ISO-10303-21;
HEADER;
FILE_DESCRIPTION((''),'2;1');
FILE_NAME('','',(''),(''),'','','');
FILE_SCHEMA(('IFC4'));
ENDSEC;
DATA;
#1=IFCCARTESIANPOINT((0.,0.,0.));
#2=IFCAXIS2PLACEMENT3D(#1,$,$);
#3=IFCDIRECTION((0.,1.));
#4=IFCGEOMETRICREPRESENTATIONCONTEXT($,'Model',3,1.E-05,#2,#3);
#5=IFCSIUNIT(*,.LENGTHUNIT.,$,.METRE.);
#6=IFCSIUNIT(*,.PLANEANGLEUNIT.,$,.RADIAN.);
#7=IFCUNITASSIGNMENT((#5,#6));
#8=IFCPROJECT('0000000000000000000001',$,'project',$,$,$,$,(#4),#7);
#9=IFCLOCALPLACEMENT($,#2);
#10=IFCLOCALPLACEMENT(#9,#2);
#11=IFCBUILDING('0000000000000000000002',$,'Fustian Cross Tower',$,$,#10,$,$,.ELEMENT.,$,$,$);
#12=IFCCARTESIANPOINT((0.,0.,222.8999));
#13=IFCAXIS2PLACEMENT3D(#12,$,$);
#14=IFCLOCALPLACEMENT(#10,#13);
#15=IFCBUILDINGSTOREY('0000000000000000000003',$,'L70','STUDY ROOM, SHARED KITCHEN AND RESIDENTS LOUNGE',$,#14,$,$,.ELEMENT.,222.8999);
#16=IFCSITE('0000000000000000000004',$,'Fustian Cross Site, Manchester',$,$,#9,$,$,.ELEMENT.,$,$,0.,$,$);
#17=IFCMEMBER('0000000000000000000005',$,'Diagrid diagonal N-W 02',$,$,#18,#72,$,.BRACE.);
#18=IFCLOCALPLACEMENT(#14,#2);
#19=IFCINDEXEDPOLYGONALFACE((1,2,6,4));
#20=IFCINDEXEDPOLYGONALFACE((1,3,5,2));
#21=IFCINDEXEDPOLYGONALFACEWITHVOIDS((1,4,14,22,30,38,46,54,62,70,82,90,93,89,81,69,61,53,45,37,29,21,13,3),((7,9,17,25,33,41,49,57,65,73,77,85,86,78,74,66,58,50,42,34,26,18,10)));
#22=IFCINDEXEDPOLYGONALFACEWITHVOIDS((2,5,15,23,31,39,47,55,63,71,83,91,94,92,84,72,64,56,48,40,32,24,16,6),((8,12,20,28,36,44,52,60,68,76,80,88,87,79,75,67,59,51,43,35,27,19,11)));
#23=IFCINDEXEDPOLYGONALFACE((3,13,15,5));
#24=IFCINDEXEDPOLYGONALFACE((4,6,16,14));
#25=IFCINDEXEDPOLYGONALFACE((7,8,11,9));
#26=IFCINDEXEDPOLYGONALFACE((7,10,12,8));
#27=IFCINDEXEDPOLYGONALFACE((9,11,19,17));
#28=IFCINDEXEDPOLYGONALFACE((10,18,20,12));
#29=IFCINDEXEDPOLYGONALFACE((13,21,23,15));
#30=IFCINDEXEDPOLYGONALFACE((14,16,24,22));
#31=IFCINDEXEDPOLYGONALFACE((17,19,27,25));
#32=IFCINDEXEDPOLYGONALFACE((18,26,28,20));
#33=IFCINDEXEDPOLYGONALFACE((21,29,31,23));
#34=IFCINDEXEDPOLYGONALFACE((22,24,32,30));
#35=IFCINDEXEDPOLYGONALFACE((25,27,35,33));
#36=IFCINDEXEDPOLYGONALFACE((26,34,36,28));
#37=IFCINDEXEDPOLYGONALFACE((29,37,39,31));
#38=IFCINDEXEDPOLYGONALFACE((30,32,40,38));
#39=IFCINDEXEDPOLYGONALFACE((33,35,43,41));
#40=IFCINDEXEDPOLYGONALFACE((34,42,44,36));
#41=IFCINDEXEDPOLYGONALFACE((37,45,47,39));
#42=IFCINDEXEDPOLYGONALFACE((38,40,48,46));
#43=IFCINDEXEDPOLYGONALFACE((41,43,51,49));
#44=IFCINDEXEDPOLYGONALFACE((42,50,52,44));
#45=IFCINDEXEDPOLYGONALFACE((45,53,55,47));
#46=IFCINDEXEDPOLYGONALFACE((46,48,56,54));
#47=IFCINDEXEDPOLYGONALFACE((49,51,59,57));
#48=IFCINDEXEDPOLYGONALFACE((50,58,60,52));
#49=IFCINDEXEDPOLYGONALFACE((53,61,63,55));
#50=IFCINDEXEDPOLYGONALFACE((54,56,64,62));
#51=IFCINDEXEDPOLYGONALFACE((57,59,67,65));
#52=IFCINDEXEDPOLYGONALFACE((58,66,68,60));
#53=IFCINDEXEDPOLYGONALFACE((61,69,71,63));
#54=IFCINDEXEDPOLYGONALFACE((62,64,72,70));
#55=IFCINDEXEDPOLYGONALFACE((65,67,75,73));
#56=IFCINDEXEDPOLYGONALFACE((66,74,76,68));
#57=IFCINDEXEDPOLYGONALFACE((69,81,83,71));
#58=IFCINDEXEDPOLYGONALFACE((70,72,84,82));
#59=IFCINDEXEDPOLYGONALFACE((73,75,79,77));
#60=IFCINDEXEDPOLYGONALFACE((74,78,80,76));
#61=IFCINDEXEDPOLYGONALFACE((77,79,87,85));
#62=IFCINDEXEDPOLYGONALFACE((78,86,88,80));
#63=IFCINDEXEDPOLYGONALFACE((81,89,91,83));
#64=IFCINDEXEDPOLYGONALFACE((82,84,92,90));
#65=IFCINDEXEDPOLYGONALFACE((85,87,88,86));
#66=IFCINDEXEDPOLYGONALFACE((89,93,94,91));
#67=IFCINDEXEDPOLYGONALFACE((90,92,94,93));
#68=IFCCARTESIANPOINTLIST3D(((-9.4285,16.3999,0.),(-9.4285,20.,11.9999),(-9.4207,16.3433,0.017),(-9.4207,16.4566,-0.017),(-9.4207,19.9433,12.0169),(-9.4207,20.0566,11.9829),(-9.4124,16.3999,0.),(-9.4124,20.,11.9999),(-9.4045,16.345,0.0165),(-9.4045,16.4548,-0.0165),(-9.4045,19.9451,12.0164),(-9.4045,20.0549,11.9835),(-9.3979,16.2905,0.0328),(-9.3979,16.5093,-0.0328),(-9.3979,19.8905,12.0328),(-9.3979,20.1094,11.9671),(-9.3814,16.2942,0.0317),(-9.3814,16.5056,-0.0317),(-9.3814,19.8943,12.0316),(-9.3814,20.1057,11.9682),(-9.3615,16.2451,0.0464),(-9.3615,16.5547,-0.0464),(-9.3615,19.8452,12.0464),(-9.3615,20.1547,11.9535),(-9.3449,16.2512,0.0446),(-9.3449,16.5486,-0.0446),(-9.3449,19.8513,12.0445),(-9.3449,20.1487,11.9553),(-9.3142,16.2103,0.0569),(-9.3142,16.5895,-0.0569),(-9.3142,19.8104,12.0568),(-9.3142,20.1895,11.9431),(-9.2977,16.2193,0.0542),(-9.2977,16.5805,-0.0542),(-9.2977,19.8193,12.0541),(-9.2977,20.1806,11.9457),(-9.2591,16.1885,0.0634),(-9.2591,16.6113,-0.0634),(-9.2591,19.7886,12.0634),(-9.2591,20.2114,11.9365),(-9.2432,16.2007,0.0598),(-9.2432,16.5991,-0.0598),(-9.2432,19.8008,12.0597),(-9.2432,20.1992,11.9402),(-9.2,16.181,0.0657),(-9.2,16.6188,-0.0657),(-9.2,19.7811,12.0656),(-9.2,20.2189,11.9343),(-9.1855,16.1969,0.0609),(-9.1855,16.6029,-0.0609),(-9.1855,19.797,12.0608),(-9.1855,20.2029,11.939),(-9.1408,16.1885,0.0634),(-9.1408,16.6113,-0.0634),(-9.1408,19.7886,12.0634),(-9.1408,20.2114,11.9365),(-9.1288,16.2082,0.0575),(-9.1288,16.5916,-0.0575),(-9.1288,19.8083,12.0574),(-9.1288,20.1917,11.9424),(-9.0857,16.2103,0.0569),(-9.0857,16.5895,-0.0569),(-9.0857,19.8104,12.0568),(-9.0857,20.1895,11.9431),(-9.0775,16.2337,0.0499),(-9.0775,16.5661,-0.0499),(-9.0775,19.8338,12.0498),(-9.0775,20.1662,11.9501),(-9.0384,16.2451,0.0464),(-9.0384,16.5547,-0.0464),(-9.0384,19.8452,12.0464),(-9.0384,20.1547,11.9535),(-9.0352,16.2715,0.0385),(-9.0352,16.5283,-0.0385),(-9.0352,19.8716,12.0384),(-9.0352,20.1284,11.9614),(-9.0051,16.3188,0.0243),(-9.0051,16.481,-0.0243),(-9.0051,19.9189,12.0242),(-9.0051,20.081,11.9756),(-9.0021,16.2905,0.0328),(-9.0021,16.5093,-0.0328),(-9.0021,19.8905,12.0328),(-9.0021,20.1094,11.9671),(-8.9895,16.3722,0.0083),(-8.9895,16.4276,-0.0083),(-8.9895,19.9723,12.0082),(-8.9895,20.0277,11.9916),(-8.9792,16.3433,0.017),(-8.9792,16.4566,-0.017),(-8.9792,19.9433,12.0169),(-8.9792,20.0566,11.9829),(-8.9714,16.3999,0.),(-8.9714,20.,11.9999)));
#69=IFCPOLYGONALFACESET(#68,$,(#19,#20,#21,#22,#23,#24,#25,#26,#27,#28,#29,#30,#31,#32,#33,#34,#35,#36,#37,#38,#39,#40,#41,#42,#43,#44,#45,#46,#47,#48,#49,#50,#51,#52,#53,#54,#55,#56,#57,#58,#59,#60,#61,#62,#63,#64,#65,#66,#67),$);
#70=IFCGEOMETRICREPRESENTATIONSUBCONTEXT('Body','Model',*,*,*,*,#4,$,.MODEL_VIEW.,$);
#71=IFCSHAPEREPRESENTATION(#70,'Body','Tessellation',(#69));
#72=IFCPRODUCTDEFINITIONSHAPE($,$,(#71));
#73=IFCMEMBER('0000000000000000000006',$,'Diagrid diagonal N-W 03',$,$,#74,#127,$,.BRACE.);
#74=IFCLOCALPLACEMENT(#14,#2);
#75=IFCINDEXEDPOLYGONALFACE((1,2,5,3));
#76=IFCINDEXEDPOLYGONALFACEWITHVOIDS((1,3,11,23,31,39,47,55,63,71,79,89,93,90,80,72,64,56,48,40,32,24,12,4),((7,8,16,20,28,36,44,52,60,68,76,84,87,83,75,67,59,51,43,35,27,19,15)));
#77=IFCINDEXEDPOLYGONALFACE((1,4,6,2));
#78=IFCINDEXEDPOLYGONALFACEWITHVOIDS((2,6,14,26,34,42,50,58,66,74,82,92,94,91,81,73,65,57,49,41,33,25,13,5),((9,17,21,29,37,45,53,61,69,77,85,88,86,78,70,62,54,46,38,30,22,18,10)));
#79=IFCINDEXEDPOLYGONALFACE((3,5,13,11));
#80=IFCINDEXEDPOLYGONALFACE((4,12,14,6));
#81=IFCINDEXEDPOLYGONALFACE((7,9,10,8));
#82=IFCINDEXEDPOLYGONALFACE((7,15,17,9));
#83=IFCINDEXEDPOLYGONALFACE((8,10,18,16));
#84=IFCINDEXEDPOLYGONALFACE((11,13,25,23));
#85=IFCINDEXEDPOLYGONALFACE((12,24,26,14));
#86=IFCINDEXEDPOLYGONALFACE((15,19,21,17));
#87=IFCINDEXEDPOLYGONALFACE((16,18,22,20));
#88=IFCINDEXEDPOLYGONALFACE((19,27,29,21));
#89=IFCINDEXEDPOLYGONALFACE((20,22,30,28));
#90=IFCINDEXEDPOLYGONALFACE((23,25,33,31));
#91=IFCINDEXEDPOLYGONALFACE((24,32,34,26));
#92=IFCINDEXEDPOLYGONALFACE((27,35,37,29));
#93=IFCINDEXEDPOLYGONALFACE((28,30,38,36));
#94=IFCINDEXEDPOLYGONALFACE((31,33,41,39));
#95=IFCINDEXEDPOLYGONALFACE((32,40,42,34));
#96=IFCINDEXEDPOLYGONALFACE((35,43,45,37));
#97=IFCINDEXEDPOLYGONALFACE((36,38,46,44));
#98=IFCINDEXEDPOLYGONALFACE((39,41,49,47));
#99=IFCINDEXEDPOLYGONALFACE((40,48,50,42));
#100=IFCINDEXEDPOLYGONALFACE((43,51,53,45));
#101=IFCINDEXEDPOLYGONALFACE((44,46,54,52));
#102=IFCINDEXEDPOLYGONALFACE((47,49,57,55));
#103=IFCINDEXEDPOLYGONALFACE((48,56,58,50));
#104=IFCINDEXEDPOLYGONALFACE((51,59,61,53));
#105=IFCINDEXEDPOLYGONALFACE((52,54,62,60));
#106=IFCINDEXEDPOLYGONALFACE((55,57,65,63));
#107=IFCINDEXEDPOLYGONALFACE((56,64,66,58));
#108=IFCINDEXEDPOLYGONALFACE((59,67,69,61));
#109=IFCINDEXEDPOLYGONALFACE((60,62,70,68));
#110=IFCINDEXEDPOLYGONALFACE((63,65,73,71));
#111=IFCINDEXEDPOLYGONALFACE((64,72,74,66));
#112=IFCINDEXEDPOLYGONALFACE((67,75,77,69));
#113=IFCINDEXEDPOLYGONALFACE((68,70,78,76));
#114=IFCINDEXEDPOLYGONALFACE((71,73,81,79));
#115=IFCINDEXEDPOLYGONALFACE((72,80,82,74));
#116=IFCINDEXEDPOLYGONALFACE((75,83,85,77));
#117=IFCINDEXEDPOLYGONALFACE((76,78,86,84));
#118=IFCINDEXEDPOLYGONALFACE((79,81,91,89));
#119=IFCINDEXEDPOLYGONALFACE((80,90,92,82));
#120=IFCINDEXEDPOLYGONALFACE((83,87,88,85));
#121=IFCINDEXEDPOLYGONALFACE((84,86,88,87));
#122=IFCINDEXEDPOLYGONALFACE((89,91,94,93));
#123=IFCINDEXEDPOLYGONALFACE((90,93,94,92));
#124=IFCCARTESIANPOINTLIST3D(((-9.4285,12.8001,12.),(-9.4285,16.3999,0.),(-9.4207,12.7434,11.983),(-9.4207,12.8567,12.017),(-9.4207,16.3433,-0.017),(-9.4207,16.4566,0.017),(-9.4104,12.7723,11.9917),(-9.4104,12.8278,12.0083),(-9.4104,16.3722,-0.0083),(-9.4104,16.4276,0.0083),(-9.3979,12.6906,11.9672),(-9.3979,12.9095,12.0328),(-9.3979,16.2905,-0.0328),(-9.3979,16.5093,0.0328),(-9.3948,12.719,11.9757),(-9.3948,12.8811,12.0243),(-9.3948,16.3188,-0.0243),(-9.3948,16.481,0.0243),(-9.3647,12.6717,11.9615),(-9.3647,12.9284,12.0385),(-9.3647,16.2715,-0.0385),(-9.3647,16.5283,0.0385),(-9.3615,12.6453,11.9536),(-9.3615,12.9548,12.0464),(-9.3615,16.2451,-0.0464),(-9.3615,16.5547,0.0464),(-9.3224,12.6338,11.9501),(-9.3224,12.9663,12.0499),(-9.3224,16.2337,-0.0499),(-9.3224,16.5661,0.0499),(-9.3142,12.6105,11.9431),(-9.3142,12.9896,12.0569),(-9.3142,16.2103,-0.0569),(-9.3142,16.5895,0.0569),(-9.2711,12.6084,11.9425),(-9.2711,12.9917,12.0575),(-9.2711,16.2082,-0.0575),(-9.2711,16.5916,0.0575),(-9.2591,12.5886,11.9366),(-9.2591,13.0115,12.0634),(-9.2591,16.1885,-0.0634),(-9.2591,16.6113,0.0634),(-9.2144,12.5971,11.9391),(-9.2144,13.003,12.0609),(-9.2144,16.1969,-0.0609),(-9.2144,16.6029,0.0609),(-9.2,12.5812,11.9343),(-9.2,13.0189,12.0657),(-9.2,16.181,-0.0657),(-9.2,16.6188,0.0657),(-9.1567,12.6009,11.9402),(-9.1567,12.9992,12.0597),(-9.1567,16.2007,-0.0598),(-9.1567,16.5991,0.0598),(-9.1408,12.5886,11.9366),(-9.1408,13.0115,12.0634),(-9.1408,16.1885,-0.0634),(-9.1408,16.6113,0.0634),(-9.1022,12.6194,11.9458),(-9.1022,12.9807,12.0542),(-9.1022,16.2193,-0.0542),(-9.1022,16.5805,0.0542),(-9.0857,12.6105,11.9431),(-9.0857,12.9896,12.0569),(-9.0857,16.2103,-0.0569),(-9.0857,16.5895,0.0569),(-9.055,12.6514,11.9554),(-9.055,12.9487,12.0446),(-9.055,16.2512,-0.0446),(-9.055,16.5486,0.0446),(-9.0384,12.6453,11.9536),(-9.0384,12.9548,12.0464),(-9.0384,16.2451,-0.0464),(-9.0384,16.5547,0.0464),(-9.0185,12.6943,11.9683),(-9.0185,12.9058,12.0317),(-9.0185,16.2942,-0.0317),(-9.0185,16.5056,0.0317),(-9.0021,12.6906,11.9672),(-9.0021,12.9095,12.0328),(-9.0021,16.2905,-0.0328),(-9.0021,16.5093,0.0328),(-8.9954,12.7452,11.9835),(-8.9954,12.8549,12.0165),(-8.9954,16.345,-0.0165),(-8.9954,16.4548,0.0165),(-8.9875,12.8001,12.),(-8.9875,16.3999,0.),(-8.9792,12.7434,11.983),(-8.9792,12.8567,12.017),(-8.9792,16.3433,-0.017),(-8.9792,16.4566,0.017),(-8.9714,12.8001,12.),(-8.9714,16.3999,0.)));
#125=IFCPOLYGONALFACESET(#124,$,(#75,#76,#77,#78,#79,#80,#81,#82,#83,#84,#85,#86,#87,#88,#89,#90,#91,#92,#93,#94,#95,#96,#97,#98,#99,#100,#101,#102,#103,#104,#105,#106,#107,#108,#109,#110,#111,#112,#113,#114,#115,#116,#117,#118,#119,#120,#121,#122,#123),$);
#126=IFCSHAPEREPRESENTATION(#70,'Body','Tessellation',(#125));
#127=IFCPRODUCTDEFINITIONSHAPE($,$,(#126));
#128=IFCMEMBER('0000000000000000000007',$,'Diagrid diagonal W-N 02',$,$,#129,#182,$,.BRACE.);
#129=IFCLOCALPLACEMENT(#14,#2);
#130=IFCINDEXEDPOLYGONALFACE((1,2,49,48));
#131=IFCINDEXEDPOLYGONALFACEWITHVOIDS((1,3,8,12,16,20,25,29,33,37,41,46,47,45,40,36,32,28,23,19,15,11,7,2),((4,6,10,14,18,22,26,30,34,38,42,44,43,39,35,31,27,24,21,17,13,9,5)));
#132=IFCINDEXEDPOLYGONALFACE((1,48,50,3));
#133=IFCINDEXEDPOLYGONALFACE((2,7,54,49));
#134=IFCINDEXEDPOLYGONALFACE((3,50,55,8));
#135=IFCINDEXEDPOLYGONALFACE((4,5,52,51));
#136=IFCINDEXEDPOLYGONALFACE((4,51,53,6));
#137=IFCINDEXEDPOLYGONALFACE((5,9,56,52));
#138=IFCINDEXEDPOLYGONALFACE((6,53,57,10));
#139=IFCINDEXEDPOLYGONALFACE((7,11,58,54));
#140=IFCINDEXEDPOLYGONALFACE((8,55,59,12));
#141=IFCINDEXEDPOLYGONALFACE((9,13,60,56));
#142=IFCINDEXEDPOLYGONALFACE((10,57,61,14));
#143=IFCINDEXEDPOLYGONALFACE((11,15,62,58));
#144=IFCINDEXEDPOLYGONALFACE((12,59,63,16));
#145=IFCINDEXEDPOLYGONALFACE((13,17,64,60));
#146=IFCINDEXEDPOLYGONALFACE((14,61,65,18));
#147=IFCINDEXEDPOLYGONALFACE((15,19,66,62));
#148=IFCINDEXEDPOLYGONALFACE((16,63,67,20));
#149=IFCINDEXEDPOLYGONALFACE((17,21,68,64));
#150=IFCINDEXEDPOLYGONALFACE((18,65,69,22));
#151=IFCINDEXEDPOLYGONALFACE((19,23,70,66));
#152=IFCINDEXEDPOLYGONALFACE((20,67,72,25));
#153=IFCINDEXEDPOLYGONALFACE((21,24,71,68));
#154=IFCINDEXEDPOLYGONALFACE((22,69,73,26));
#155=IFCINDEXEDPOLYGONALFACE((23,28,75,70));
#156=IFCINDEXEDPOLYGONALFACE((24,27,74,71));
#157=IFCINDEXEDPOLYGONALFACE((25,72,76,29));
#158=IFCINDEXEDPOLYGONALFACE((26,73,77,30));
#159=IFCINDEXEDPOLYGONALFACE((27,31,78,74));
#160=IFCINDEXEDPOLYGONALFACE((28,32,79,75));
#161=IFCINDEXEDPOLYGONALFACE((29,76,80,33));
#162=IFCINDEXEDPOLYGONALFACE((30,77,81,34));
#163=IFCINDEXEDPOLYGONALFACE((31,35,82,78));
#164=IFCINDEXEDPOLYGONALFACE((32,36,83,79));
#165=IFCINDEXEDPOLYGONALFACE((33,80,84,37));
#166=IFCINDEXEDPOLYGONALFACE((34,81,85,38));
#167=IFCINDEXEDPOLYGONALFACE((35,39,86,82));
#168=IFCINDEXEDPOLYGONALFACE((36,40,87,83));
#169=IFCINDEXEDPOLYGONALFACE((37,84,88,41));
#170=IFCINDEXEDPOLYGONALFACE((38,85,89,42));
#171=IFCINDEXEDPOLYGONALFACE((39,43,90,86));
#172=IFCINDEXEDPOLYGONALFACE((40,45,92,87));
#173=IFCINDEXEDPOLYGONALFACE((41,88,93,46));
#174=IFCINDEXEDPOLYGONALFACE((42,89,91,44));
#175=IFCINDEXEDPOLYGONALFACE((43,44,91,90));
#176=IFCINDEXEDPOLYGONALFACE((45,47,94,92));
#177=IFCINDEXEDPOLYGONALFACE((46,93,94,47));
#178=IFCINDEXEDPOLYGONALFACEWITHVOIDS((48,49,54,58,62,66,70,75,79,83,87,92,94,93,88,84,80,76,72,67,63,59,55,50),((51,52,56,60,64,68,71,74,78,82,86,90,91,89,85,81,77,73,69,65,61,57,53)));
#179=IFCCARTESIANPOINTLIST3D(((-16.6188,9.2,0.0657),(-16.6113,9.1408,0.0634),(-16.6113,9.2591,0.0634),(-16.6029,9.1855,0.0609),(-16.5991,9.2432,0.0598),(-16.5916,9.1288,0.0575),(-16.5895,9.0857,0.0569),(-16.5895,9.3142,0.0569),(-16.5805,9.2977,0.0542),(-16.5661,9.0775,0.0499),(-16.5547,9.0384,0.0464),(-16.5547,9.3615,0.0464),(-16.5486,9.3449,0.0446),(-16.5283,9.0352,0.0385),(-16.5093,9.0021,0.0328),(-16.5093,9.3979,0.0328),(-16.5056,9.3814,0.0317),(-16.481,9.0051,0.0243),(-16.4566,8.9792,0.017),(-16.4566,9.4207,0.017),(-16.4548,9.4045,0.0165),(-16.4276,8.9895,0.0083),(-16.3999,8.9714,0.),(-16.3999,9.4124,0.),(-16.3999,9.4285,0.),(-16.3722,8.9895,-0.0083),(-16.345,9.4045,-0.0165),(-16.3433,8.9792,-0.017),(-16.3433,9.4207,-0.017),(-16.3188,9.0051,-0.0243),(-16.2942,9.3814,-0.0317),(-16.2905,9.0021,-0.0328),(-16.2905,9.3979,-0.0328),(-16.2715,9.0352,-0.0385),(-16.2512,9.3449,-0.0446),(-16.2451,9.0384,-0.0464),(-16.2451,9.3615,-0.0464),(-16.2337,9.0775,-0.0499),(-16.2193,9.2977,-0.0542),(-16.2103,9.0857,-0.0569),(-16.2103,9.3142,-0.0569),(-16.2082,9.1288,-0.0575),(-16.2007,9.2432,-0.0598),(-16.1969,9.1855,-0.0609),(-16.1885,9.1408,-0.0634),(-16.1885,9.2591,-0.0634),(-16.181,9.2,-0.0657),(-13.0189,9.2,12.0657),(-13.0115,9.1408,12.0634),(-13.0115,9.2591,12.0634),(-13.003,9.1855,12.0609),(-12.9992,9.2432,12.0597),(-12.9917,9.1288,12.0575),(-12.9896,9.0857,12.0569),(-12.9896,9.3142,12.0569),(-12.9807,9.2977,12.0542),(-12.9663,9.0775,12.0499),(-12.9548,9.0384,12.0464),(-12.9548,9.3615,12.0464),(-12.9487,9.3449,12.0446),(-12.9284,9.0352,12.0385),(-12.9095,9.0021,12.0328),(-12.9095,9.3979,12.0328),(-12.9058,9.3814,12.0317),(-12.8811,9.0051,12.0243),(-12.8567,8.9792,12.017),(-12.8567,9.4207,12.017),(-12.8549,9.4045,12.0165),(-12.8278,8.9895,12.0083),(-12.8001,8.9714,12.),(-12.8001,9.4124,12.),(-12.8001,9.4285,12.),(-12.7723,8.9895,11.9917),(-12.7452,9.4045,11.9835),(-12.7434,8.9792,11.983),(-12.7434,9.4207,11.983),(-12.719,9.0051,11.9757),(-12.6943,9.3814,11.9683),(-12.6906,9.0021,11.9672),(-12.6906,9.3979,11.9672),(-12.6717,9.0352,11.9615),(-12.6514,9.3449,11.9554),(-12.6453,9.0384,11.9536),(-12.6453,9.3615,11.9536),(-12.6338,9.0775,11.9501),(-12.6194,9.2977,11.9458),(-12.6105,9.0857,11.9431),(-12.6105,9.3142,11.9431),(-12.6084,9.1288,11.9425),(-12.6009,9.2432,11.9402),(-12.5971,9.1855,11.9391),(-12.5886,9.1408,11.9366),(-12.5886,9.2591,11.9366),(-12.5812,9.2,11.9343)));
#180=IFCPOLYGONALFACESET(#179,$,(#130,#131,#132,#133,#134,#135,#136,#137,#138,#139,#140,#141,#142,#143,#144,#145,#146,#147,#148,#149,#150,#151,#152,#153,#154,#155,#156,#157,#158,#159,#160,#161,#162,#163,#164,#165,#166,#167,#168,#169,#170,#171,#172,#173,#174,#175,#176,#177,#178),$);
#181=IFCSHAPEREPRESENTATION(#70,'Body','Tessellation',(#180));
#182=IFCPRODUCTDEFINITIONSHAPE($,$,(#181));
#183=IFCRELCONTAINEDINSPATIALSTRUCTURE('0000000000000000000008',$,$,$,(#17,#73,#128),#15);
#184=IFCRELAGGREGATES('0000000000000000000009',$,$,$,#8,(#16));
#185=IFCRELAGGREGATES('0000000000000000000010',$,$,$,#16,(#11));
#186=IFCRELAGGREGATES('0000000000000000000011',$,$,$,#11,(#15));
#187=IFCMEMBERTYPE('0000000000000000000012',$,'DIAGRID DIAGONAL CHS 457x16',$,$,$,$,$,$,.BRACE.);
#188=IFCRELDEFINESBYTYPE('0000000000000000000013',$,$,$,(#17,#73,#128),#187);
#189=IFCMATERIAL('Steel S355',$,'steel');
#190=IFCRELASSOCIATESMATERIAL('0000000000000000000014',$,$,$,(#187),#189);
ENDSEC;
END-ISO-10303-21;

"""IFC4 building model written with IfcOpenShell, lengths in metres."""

from ifc_helpers import new_model, si_unit, direction, frame, origin, origin_2d, place, context, subcontext, project, spatial, hollow_circle, extrude, material, material_profile, profile_set, type_object, element, save


model = new_model("IFC4")

# Units and contexts
model_context = context("Model", 3, precision=1e-05, world=origin(), true_north=direction((0.0, 1.0)))
body_context = subcontext(model_context, "Body", "Model", "MODEL_VIEW")
ifc_project = project(units=[si_unit("LENGTHUNIT", "METRE"), si_unit("PLANEANGLEUNIT", "RADIAN")], contexts=[model_context])

# Site, building, storey
site_placement = place(None, origin())
site = spatial("IfcSite", under=ifc_project, at=site_placement, Name="Fustian Cross Site, Manchester", CompositionType="ELEMENT", RefElevation=0.0)
building_placement = place(site_placement, origin())
building = spatial("IfcBuilding", under=site, at=building_placement, Name="Fustian Cross Tower", CompositionType="ELEMENT")
storey_placement = place(building_placement, frame((0.0, 0.0, 222.8999)))
storey = spatial("IfcBuildingStorey", under=building, at=storey_placement, Name="L70", Description="STUDY ROOM, SHARED KITCHEN AND RESIDENTS LOUNGE", CompositionType="ELEMENT", Elevation=222.8999)

# Members
ifc_material_1 = material(Name="Steel S355", Category="steel")
ifc_material_profile_1 = material_profile(ifc_material_1, hollow_circle(Radius=0.2285, WallThickness=0.0161, at=origin_2d()), Name="CHS 457x16")
ifc_profile_set_1 = profile_set([ifc_material_profile_1], Name="Steel S355")
member_type_1 = type_object("IfcMemberType", Name="DIAGRID DIAGONAL CHS 457x16", PredefinedType="BRACE", material=ifc_profile_set_1)
for number, where, z_axis, x_axis, name in (
    (1, (-9.2, 16.3999, 0.0), (0.0, 0.287355, 0.957824), (-1.0, 0.0, 0.0), "Diagrid diagonal N-W 02"),
    (2, (-9.2, 16.3999, 0.0), (0.0, -0.287337, 0.95783), (1.0, 0.0, 0.0), "Diagrid diagonal N-W 03"),
    (3, (-16.3999, 9.2, 0.0), (0.287337, 0.0, 0.95783), (0.0, 1.0, 0.0), "Diagrid diagonal W-N 02"),
):
    element("IfcMember", number, at=place(storey_placement, frame(where, z_axis=z_axis, x_axis=x_axis)), inside=storey, type_object=member_type_1, Name=name, PredefinedType="BRACE", context=body_context, shape_type="SweptSolid", body=[
        extrude(hollow_circle(Radius=0.2285, WallThickness=0.0161, at=origin_2d()), origin(), (0.0, 0.0, 1.0), 12.5283),
    ])

save(model, "model.ifc")
